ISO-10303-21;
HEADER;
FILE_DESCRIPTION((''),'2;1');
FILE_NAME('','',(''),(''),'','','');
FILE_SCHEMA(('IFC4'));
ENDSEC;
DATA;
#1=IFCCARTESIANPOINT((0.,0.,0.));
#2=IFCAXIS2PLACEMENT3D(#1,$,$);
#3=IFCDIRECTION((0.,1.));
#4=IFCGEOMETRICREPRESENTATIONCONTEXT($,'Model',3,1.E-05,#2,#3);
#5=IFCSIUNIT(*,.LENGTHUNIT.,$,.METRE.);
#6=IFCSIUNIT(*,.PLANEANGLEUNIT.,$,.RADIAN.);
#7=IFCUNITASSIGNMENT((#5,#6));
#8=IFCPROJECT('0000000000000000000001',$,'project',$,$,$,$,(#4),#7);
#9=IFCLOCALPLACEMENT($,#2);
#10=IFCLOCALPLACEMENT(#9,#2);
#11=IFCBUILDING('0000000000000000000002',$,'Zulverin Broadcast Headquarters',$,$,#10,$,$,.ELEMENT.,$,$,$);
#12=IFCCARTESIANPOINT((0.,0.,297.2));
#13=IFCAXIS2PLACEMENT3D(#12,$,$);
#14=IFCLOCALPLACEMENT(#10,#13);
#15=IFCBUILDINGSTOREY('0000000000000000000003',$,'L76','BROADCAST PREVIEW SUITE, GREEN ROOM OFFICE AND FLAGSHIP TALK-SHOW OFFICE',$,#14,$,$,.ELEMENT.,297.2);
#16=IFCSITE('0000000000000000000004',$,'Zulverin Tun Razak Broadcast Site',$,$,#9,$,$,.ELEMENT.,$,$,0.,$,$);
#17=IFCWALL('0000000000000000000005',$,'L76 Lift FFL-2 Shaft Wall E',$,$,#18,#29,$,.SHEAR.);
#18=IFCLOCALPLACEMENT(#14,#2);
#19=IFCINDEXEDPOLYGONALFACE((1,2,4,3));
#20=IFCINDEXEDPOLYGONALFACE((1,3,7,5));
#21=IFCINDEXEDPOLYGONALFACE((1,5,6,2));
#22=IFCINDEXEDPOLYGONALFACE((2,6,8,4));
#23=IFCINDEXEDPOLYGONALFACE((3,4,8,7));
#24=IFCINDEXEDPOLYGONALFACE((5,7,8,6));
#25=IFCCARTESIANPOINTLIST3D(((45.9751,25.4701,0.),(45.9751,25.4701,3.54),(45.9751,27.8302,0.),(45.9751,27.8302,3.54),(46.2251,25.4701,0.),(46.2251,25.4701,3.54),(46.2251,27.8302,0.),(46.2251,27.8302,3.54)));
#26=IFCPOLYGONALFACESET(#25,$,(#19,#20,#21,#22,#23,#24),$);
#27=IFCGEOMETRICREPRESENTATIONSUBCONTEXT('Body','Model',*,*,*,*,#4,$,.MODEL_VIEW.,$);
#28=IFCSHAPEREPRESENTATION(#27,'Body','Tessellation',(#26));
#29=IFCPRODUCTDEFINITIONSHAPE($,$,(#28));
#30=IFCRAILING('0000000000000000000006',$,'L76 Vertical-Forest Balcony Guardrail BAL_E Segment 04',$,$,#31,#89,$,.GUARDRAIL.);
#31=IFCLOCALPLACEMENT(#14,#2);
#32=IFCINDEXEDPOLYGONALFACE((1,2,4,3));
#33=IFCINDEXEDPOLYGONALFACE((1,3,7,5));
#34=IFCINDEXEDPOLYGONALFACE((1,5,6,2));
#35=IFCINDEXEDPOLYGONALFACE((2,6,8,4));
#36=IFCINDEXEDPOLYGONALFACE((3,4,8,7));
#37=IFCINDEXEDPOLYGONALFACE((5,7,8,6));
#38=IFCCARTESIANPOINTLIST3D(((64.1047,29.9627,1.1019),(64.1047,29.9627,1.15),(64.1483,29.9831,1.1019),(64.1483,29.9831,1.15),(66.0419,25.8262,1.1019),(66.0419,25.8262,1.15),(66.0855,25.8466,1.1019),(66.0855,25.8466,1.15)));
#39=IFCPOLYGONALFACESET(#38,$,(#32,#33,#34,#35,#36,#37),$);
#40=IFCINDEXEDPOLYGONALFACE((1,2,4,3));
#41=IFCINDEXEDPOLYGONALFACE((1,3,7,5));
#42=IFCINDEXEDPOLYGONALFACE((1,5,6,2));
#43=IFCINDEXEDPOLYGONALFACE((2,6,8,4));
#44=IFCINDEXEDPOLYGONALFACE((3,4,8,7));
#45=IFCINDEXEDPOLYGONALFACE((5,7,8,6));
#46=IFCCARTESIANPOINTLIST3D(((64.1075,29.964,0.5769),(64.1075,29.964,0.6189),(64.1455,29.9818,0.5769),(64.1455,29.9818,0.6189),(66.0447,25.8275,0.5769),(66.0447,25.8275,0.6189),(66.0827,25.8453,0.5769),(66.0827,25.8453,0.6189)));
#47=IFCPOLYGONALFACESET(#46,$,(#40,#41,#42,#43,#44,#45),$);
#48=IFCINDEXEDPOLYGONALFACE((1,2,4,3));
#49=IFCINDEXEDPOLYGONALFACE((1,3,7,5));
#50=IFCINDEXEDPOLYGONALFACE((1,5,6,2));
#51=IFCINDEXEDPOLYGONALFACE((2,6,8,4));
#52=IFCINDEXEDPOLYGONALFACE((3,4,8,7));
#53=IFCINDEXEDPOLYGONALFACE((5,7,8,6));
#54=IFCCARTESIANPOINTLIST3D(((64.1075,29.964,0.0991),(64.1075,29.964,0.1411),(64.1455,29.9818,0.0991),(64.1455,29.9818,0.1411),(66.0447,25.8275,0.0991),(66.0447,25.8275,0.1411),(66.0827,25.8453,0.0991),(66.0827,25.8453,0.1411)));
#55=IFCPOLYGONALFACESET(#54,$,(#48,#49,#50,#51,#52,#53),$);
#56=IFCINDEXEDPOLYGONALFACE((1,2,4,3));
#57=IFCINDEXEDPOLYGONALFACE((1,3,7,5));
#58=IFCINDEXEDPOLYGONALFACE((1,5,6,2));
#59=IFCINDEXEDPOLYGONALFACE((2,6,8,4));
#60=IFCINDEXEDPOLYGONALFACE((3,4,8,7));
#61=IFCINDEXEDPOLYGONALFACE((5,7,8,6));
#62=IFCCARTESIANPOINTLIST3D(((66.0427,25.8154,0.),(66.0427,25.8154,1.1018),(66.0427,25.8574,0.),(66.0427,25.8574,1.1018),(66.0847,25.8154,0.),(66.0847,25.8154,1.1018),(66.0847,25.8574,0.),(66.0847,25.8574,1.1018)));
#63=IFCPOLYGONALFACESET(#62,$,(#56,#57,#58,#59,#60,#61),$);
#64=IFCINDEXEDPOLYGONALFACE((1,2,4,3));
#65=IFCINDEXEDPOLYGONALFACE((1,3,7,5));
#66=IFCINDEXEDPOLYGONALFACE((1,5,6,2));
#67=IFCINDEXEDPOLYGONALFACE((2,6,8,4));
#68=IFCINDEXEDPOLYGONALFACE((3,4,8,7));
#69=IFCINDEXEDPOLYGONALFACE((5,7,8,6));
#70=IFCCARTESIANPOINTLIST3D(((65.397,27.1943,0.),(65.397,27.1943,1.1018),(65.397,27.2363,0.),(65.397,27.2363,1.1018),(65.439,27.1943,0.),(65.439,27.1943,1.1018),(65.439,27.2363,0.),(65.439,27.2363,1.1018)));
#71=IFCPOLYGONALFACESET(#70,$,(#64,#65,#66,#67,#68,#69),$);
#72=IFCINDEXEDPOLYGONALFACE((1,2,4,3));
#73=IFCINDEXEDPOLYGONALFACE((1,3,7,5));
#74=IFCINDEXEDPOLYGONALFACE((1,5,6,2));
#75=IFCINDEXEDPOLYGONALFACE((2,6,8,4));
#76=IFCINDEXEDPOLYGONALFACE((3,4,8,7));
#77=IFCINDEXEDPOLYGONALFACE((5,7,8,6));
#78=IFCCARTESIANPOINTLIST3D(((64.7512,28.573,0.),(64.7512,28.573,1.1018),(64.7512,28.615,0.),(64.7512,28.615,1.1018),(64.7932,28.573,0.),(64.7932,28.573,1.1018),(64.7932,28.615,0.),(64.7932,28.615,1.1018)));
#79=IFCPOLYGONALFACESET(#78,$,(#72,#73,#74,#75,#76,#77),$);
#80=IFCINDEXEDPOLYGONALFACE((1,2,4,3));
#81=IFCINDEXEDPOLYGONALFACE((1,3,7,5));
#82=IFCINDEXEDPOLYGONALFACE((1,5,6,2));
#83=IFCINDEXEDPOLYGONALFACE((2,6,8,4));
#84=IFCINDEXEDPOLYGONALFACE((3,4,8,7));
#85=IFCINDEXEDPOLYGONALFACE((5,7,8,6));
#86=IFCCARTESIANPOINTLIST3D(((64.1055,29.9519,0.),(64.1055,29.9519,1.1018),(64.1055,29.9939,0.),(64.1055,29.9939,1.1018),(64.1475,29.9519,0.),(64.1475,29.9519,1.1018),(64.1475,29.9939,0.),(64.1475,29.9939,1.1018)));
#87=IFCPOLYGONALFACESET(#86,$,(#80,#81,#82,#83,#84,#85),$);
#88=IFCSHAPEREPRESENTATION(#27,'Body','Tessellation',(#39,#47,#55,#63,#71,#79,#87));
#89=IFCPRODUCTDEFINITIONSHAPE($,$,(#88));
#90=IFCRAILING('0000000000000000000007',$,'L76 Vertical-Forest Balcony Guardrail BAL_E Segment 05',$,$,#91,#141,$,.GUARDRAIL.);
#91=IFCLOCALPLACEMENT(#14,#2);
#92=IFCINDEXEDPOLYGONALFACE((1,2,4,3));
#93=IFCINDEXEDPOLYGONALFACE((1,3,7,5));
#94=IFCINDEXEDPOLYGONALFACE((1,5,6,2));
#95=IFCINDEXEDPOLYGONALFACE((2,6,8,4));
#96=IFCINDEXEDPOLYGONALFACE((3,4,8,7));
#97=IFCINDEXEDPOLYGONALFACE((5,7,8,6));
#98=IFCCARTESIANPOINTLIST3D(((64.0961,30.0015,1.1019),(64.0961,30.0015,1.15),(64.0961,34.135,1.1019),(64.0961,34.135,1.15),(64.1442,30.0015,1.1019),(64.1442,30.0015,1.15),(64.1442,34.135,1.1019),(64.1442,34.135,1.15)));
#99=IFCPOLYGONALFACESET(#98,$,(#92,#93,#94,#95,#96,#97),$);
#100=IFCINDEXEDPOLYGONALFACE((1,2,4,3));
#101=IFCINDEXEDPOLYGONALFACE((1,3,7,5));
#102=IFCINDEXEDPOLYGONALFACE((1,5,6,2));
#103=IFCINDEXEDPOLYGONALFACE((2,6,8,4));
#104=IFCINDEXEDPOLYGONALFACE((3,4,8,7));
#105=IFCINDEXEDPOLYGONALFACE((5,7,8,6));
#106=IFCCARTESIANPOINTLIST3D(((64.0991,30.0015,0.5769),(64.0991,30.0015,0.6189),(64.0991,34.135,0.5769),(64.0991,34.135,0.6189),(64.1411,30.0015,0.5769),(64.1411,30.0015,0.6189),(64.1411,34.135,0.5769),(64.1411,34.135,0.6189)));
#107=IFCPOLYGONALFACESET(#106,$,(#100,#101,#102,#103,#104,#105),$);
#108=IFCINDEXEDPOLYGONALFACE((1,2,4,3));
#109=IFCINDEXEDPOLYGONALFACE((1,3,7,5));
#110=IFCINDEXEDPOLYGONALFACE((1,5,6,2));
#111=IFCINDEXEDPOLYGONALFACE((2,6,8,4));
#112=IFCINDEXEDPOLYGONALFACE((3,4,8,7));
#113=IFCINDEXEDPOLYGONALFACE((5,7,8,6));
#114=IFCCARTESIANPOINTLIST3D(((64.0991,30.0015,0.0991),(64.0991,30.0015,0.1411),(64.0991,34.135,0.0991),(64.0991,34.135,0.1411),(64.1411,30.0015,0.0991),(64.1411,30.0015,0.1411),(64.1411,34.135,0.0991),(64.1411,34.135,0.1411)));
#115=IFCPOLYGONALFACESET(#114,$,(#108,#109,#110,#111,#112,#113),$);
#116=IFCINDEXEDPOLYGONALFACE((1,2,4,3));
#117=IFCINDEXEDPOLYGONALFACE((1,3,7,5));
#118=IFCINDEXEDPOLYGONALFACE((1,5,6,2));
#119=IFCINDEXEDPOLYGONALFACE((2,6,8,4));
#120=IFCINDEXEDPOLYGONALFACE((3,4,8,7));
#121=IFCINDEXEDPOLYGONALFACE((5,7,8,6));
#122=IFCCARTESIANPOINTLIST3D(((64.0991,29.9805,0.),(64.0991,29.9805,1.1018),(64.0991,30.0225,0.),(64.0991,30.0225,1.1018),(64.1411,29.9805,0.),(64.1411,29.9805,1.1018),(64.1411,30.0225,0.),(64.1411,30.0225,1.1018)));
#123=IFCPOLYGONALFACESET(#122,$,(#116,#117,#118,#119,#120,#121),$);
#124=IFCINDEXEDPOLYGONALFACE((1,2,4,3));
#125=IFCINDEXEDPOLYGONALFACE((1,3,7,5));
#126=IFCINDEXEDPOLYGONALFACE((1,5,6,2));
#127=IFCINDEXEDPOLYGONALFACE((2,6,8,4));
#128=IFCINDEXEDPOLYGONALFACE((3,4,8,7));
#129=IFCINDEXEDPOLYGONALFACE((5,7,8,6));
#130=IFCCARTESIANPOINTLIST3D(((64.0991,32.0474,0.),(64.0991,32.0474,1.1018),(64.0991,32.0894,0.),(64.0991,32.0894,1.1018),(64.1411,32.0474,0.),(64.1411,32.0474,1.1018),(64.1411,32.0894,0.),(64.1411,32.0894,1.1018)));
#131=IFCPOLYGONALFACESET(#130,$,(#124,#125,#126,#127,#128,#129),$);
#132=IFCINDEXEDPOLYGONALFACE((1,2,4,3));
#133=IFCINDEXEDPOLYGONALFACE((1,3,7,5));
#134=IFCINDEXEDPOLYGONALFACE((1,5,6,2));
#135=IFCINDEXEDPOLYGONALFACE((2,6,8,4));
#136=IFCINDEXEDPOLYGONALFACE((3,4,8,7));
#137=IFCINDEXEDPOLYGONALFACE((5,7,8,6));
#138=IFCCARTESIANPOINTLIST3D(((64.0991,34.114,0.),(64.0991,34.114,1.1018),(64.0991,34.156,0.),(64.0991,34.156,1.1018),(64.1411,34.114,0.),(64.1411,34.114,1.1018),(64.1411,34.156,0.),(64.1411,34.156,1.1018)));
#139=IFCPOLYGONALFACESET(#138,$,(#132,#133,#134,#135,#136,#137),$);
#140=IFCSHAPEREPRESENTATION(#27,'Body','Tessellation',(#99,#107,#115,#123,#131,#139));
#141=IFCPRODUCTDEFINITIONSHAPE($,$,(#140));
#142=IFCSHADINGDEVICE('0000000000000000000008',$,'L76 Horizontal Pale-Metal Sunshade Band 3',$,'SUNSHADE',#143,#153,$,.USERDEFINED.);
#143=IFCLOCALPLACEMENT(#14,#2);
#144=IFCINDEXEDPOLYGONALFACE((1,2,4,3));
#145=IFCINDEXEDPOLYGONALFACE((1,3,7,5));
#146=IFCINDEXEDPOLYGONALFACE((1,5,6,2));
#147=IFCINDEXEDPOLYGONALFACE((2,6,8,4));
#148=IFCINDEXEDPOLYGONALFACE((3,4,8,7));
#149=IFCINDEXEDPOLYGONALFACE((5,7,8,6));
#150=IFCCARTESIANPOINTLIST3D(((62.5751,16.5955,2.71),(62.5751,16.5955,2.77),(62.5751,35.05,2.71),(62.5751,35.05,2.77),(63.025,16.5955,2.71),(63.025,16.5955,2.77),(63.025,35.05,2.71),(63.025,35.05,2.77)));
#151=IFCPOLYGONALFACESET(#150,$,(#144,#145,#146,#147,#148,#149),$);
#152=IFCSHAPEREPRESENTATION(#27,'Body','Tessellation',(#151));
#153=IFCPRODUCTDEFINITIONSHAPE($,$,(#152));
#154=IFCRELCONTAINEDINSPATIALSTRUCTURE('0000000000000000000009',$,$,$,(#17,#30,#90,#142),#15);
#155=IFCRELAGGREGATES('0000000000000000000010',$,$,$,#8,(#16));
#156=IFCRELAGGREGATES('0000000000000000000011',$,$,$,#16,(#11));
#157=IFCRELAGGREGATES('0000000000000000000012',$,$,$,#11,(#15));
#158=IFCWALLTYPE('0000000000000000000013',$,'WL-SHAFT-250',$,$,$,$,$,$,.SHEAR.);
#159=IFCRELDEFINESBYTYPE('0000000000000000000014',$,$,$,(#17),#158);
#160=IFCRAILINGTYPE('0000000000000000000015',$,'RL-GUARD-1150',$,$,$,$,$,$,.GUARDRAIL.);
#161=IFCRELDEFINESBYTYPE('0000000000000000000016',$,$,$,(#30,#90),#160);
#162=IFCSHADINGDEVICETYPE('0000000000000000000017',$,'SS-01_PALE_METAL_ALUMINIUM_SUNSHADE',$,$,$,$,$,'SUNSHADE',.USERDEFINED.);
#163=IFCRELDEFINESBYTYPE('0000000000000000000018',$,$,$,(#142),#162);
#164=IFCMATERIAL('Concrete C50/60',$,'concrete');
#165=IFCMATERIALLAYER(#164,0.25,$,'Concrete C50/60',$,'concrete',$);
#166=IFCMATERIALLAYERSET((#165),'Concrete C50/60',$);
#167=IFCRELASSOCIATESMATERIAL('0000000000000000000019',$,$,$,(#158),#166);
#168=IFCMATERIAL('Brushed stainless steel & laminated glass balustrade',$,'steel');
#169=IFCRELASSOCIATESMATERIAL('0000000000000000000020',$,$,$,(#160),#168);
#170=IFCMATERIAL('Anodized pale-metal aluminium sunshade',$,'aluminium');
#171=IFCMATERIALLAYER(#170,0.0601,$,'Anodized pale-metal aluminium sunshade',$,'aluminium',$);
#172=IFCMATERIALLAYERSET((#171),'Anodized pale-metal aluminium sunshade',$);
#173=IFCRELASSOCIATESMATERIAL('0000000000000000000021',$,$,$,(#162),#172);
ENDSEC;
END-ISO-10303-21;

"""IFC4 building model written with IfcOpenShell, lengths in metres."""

from ifc_helpers import new_model, si_unit, direction, frame, frame_2d, origin, origin_2d, place, context, subcontext, project, spatial, rectangle, extrude, material, layer, layer_set, type_object, element, save


model = new_model("IFC4")

# Units and contexts
model_context = context("Model", 3, precision=1e-05, world=origin(), true_north=direction((0.0, 1.0)))
body_context = subcontext(model_context, "Body", "Model", "MODEL_VIEW")
ifc_project = project(units=[si_unit("LENGTHUNIT", "METRE"), si_unit("PLANEANGLEUNIT", "RADIAN")], contexts=[model_context])

# Site, building, storey
site_placement = place(None, origin())
site = spatial("IfcSite", under=ifc_project, at=site_placement, Name="Zulverin Tun Razak Broadcast Site", CompositionType="ELEMENT", RefElevation=0.0)
building_placement = place(site_placement, origin())
building = spatial("IfcBuilding", under=site, at=building_placement, Name="Zulverin Broadcast Headquarters", CompositionType="ELEMENT")
storey_placement = place(building_placement, frame((0.0, 0.0, 297.2)))
storey = spatial("IfcBuildingStorey", under=building, at=storey_placement, Name="L76", Description="BROADCAST PREVIEW SUITE, GREEN ROOM OFFICE AND FLAGSHIP TALK-SHOW OFFICE", CompositionType="ELEMENT", Elevation=297.2)

# Shared definitions
ifc_material_1 = material(Name="Concrete C50/60", Category="concrete")

# Wall
ifc_layer_1 = layer(ifc_material_1, 0.25, Name="Concrete C50/60", Category="concrete")
ifc_layer_set_1 = layer_set([ifc_layer_1], Name="Concrete C50/60")
wall_type_1 = type_object("IfcWallType", Name="WL-SHAFT-250", PredefinedType="SHEAR", material=ifc_layer_set_1)
wall_1_placement = place(storey_placement, frame((46.1001, 25.47, 0.0), z_axis=(0.0, 0.0, 1.0), x_axis=(0.0, 1.0, 0.0)))
element("IfcWall", 1, at=wall_1_placement, inside=storey, type_object=wall_type_1, Name="L76 Lift FFL-2 Shaft Wall E", PredefinedType="SHEAR", context=body_context, shape_type="SweptSolid", body=[
    extrude(rectangle(XDim=2.3601, YDim=0.25, at=frame_2d((1.1802, 0.0))), origin(), (0.0, 0.0, 1.0), 3.54),
])

# Railings
ifc_material_2 = material(Name="Brushed stainless steel & laminated glass balustrade", Category="steel")
railing_type = type_object("IfcRailingType", Name="RL-GUARD-1150", PredefinedType="GUARDRAIL", material=ifc_material_2)
railing_1_placement = place(storey_placement, frame((66.0637, 25.8364, 0.0)))
element("IfcRailing", 2, at=railing_1_placement, inside=storey, type_object=railing_type, Name="L76 Vertical-Forest Balcony Guardrail BAL_E Segment 04", PredefinedType="GUARDRAIL", context=body_context, shape_type="SweptSolid", body=[
    extrude(rectangle(XDim=0.0481, YDim=0.0481, at=origin_2d()), frame((0.0, 0.0, 1.126), z_axis=(-0.424126, 0.905603, 0.0), x_axis=(-0.905603, -0.424126, 0.0)), (0.0, 0.0, 1.0), 4.5676),
    extrude(rectangle(XDim=0.042, YDim=0.042, at=origin_2d()), frame((0.0, 0.0, 0.5979), z_axis=(-0.424126, 0.905603, 0.0), x_axis=(-0.905603, -0.424126, 0.0)), (0.0, 0.0, 1.0), 4.5676),
    extrude(rectangle(XDim=0.042, YDim=0.042, at=origin_2d()), frame((0.0, 0.0, 0.1201), z_axis=(-0.424126, 0.905603, 0.0), x_axis=(-0.905603, -0.424126, 0.0)), (0.0, 0.0, 1.0), 4.5676),
    extrude(rectangle(XDim=0.042, YDim=0.042, at=origin_2d()), origin(), (0.0, 0.0, 1.0), 1.1018),
    extrude(rectangle(XDim=0.042, YDim=0.042, at=origin_2d()), frame((-0.6458, 1.3789, 0.0)), (0.0, 0.0, 1.0), 1.1018),
    extrude(rectangle(XDim=0.042, YDim=0.042, at=origin_2d()), frame((-1.2915, 2.7576, 0.0)), (0.0, 0.0, 1.0), 1.1018),
    extrude(rectangle(XDim=0.042, YDim=0.042, at=origin_2d()), frame((-1.9373, 4.1365, 0.0)), (0.0, 0.0, 1.0), 1.1018),
])
railing_2_placement = place(storey_placement, frame((64.1201, 30.0015, 0.0)))
element("IfcRailing", 3, at=railing_2_placement, inside=storey, type_object=railing_type, Name="L76 Vertical-Forest Balcony Guardrail BAL_E Segment 05", PredefinedType="GUARDRAIL", context=body_context, shape_type="SweptSolid", body=[
    extrude(rectangle(XDim=0.0481, YDim=0.0481, at=origin_2d()), frame((0.0, 0.0, 1.126), z_axis=(0.0, 1.0, 0.0), x_axis=(-1.0, 0.0, 0.0)), (0.0, 0.0, 1.0), 4.1335),
    extrude(rectangle(XDim=0.042, YDim=0.042, at=origin_2d()), frame((0.0, 0.0, 0.5979), z_axis=(0.0, 1.0, 0.0), x_axis=(-1.0, 0.0, 0.0)), (0.0, 0.0, 1.0), 4.1335),
    extrude(rectangle(XDim=0.042, YDim=0.042, at=origin_2d()), frame((0.0, 0.0, 0.1201), z_axis=(0.0, 1.0, 0.0), x_axis=(-1.0, 0.0, 0.0)), (0.0, 0.0, 1.0), 4.1335),
    extrude(rectangle(XDim=0.042, YDim=0.042, at=origin_2d()), origin(), (0.0, 0.0, 1.0), 1.1018),
    extrude(rectangle(XDim=0.042, YDim=0.042, at=origin_2d()), frame((0.0, 2.0669, 0.0)), (0.0, 0.0, 1.0), 1.1018),
    extrude(rectangle(XDim=0.042, YDim=0.042, at=origin_2d()), frame((0.0, 4.1335, 0.0)), (0.0, 0.0, 1.0), 1.1018),
])

# Shading device
ifc_material_3 = material(Name="Anodized pale-metal aluminium sunshade", Category="aluminium")
ifc_layer_2 = layer(ifc_material_3, 0.0601, Name="Anodized pale-metal aluminium sunshade", Category="aluminium")
ifc_layer_set_2 = layer_set([ifc_layer_2], Name="Anodized pale-metal aluminium sunshade")
shading_device_type = type_object("IfcShadingDeviceType", Name="SS-01_PALE_METAL_ALUMINIUM_SUNSHADE", ElementType="SUNSHADE", PredefinedType="USERDEFINED", material=ifc_layer_set_2)
shading_device_placement = place(storey_placement, frame((62.8, 25.8228, 2.71), z_axis=(0.0, 0.0, 1.0), x_axis=(0.0, 1.0, 0.0)))
element("IfcShadingDevice", 4, at=shading_device_placement, inside=storey, type_object=shading_device_type, Name="L76 Horizontal Pale-Metal Sunshade Band 3", ObjectType="SUNSHADE", PredefinedType="USERDEFINED", context=body_context, shape_type="SweptSolid", body=[
    extrude(rectangle(XDim=18.4546, YDim=0.45, at=origin_2d()), origin(), (0.0, 0.0, 1.0), 0.0601),
])

save(model, "model.ifc")
